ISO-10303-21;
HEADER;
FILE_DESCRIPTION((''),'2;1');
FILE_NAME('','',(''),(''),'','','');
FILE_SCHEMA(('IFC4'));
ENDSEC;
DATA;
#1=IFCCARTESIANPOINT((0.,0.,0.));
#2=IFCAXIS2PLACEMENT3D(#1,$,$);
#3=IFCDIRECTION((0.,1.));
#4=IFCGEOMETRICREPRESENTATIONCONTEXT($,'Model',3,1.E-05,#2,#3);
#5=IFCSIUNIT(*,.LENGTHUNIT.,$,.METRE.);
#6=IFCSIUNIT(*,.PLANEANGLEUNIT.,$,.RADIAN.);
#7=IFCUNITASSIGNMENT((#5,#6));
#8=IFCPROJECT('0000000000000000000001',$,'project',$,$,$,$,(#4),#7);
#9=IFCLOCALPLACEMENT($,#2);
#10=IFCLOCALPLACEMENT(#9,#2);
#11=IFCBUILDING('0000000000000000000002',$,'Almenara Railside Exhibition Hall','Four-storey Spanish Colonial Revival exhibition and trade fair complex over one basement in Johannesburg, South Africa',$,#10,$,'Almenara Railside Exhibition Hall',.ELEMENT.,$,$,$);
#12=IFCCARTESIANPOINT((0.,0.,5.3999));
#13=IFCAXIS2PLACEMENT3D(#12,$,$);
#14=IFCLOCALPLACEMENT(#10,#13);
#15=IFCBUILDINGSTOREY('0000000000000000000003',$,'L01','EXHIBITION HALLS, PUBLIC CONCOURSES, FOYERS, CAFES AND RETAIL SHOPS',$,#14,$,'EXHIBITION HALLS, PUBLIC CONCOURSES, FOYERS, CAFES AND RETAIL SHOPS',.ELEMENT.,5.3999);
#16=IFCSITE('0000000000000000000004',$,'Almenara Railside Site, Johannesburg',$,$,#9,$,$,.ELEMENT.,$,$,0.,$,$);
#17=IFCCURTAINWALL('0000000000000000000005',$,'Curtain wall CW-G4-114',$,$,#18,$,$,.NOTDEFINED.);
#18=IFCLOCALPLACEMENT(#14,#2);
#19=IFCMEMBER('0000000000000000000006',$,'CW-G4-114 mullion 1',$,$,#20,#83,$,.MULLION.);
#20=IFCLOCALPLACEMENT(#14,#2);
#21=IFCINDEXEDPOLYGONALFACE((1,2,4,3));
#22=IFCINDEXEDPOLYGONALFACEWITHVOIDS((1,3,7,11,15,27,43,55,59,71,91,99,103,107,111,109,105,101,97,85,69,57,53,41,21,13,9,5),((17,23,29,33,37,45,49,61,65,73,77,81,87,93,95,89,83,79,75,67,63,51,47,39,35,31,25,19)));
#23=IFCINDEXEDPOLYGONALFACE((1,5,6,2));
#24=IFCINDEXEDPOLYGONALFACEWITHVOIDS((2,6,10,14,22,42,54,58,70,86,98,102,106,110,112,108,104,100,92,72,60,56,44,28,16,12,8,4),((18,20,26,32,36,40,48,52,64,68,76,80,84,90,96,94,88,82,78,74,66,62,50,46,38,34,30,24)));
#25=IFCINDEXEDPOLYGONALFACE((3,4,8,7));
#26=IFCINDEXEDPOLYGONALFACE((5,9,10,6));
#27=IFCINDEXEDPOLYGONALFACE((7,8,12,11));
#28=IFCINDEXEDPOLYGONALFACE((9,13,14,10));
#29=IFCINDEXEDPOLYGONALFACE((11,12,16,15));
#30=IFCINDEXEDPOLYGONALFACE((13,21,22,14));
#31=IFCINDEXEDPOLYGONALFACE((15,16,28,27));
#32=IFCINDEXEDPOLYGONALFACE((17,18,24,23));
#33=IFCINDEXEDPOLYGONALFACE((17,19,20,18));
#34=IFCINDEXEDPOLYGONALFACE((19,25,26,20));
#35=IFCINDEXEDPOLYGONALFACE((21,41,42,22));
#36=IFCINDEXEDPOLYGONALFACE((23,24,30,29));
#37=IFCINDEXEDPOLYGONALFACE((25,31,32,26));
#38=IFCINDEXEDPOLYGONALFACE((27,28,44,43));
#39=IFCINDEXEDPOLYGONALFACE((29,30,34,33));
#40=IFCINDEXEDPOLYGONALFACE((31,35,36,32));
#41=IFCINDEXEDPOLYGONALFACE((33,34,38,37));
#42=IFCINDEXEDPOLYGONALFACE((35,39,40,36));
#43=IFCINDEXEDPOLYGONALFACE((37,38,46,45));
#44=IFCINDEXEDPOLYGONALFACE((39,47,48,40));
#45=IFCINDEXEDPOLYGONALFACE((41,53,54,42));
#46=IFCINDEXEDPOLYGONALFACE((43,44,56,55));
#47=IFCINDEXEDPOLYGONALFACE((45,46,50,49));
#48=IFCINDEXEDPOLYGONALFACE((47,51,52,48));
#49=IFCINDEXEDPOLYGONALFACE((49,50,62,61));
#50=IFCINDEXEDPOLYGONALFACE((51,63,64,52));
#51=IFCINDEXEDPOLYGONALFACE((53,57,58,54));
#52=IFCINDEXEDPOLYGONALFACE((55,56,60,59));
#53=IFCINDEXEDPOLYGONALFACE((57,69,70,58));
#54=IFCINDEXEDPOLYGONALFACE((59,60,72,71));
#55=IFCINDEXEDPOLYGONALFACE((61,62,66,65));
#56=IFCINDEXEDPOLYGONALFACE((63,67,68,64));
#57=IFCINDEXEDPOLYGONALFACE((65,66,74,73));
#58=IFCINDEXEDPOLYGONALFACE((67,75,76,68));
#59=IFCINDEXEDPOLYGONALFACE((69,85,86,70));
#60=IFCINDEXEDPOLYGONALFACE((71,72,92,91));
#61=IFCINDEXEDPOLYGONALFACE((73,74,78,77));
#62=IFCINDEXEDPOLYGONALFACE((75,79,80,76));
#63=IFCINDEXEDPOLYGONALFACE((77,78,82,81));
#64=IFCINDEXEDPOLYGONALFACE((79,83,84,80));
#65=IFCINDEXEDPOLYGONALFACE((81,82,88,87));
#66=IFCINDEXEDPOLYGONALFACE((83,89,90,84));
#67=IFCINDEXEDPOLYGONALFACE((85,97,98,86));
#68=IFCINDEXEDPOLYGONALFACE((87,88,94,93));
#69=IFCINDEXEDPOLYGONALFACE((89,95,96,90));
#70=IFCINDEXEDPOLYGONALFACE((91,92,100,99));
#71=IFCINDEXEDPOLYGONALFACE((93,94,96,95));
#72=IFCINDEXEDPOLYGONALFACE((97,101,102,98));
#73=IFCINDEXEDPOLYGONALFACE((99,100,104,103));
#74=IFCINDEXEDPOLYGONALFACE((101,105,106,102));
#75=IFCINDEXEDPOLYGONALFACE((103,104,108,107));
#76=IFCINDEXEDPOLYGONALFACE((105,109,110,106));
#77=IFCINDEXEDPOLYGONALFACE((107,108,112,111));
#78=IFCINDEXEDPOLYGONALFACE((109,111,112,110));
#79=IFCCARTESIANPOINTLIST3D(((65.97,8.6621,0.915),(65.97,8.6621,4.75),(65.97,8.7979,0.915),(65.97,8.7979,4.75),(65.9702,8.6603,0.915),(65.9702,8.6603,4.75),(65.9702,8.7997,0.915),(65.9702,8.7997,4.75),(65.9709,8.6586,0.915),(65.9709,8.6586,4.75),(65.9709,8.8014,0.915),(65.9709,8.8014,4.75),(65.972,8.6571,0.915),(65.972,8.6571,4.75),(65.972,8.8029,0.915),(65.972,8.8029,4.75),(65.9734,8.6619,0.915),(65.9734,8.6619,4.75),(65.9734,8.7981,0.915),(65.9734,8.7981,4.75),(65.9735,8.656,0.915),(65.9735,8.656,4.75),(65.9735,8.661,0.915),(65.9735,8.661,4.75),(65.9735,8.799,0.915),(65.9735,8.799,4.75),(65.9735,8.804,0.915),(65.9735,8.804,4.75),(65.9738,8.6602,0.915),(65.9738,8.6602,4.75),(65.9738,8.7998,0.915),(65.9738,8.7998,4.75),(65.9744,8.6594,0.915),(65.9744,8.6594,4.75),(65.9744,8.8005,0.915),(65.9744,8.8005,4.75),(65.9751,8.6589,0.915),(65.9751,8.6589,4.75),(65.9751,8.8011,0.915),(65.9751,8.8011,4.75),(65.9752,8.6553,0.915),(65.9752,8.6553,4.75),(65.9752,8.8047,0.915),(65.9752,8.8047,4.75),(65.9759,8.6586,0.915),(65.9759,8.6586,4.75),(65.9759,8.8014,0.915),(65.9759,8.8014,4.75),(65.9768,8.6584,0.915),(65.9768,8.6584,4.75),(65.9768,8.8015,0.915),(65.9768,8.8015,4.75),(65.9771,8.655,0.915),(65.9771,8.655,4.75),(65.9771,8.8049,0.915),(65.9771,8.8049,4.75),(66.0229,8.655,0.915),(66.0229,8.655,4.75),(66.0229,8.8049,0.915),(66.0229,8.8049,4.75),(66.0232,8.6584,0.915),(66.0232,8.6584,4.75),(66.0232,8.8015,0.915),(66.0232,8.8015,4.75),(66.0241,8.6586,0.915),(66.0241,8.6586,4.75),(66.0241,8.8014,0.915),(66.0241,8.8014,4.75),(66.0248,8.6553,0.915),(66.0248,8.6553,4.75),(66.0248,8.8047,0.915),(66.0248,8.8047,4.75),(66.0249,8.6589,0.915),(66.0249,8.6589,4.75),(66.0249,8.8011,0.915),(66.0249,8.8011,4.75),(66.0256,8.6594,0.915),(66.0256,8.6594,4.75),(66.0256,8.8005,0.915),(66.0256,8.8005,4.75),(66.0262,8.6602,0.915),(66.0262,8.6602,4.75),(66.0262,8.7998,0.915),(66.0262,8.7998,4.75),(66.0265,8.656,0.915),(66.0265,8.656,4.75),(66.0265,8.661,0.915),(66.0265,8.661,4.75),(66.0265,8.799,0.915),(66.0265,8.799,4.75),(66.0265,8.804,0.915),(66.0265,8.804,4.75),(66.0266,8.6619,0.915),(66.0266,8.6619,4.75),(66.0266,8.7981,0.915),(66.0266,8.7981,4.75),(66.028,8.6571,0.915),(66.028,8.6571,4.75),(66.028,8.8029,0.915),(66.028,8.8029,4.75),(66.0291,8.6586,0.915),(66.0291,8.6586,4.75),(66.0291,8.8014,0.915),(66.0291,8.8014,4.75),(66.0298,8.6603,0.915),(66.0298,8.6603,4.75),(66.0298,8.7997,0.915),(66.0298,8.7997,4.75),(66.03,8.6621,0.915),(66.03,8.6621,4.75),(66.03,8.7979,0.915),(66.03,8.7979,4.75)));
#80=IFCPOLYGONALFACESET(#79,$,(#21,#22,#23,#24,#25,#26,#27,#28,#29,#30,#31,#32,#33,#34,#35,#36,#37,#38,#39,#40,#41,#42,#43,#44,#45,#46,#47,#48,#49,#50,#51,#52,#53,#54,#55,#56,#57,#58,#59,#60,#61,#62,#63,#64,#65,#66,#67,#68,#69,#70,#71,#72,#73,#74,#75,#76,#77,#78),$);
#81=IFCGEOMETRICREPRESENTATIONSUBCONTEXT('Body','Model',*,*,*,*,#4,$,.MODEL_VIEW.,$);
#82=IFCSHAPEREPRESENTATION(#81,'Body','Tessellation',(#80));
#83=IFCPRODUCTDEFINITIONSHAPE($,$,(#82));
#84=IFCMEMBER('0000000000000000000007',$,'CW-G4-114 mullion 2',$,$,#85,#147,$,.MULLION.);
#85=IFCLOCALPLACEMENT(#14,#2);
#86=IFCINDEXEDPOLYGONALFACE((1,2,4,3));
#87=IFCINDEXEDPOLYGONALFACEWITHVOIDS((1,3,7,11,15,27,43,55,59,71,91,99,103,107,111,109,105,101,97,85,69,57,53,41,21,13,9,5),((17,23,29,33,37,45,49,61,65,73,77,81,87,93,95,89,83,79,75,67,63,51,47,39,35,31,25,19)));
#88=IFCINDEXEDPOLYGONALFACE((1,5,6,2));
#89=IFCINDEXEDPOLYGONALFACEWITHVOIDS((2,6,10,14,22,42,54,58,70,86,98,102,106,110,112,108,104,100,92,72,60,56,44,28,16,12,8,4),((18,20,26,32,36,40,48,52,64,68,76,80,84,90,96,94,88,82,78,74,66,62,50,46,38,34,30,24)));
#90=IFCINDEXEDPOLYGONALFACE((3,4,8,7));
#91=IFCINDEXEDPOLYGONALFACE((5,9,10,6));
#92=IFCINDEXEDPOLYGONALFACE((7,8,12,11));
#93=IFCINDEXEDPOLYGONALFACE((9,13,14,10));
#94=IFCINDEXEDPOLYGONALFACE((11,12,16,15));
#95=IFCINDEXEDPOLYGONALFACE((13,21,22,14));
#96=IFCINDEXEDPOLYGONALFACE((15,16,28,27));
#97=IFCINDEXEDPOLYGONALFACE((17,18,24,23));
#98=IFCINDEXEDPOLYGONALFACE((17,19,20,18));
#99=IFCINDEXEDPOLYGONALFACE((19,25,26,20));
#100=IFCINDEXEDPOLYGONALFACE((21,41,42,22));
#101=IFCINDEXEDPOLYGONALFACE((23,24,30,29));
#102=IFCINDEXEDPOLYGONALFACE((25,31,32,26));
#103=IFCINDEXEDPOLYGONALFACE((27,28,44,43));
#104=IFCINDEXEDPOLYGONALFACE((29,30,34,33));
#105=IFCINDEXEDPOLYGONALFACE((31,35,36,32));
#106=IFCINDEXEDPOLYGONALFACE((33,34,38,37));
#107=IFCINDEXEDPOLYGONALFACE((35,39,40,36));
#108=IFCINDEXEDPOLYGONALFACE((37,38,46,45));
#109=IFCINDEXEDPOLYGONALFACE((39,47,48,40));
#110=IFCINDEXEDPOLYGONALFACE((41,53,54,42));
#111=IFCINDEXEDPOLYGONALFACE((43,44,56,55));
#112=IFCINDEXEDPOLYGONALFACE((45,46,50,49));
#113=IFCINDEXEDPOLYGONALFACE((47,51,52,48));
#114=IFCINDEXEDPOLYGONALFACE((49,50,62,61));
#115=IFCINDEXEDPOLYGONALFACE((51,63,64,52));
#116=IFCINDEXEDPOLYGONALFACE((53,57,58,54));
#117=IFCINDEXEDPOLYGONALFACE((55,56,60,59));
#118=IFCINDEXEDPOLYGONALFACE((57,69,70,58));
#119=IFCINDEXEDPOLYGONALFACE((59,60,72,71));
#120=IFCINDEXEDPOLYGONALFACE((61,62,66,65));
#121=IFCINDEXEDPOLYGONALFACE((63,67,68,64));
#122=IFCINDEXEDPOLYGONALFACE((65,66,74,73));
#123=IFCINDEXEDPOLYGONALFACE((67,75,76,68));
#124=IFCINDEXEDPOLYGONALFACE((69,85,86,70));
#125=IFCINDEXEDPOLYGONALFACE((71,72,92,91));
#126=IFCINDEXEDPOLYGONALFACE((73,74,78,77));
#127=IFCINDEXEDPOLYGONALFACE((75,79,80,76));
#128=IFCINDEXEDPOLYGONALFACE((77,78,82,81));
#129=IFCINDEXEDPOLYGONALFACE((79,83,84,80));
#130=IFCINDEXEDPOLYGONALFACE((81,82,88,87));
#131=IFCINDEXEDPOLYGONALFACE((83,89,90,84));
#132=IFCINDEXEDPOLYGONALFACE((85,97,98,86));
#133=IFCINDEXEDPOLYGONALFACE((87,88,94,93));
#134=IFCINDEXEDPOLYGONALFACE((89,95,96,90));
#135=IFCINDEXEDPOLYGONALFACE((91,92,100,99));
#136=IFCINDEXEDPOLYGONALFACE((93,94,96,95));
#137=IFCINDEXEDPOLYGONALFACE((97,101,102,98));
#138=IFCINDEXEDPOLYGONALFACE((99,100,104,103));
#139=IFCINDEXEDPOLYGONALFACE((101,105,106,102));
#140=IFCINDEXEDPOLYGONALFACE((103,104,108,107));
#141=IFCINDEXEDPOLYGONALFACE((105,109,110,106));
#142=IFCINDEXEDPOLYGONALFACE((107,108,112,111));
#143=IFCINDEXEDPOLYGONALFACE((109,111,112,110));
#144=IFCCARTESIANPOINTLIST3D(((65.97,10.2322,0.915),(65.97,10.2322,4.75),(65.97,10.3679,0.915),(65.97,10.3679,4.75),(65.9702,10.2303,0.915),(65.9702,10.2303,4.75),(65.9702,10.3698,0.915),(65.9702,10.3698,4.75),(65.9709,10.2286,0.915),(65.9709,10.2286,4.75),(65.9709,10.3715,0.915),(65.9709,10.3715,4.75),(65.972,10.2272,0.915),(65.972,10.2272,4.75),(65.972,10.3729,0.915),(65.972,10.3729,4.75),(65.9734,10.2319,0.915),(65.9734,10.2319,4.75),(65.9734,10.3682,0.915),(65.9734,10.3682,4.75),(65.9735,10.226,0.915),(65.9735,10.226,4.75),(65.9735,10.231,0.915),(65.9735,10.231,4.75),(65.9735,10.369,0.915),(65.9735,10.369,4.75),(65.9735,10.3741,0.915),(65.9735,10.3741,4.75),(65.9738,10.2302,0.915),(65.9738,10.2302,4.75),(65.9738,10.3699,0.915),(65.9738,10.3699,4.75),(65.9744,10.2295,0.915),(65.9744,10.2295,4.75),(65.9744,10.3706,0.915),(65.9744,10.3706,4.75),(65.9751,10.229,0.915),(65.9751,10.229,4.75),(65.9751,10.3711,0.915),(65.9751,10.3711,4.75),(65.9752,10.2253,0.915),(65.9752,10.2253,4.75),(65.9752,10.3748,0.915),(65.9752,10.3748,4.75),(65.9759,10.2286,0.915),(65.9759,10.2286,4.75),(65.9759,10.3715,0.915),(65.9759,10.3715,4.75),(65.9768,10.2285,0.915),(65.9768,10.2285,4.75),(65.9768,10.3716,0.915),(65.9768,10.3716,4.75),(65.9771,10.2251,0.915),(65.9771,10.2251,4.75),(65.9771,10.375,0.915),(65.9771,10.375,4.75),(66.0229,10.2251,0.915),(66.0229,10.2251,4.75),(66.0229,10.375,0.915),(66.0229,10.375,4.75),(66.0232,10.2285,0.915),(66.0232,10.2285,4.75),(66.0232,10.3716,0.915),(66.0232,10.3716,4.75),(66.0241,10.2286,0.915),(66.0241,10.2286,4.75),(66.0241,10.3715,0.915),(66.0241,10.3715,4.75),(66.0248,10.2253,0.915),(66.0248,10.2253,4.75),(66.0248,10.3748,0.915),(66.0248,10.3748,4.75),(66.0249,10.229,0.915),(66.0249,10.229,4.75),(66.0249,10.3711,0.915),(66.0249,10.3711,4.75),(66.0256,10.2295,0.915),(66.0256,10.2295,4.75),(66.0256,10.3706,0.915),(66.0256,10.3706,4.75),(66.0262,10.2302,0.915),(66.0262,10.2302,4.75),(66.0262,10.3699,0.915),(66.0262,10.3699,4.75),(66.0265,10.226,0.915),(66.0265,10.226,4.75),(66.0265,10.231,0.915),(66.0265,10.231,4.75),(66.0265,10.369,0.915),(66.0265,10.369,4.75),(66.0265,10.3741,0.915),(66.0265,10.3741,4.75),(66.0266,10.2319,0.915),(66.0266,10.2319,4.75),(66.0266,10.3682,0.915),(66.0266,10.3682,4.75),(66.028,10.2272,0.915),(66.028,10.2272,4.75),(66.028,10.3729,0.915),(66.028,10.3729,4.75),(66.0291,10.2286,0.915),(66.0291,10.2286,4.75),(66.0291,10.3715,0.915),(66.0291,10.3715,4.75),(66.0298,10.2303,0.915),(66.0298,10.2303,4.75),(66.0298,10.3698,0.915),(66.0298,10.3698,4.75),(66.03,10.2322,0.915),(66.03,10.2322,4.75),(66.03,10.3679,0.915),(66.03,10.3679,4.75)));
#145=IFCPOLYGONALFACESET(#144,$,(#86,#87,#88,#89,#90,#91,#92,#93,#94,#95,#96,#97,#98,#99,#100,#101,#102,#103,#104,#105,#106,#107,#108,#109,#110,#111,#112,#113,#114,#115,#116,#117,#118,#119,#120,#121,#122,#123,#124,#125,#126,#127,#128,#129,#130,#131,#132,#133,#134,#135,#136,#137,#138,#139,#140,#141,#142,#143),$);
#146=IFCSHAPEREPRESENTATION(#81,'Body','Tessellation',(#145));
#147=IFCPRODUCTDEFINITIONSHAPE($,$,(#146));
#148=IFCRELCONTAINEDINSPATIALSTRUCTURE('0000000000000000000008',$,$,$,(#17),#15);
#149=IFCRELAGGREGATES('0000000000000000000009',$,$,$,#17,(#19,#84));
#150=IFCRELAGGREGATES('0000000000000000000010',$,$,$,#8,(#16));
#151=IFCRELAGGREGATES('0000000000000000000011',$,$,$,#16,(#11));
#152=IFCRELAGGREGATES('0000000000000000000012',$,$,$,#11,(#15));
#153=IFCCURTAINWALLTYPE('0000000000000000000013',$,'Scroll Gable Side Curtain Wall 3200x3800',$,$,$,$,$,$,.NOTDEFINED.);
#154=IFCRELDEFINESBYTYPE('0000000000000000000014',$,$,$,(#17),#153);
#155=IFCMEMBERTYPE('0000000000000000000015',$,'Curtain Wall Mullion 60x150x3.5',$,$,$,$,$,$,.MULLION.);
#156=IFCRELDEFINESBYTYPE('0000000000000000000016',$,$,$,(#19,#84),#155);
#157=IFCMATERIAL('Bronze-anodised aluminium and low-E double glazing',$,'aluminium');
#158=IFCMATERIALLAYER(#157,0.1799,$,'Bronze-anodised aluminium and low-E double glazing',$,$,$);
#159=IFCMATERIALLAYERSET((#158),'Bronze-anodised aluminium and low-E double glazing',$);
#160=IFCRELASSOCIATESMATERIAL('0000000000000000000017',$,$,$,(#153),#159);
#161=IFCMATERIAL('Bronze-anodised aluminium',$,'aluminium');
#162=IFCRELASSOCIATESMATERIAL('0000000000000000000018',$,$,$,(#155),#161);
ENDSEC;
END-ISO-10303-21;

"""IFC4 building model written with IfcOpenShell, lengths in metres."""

from ifc_helpers import new_model, si_unit, direction, frame, origin, origin_2d, place, context, subcontext, project, spatial, hollow_rectangle, extrude, material, layer, layer_set, material_profile, profile_set, type_object, element, aggregate, save


model = new_model("IFC4")

# Units and contexts
model_context = context("Model", 3, precision=1e-05, world=origin(), true_north=direction((0.0, 1.0)))
body_context = subcontext(model_context, "Body", "Model", "MODEL_VIEW")
ifc_project = project(units=[si_unit("LENGTHUNIT", "METRE"), si_unit("PLANEANGLEUNIT", "RADIAN")], contexts=[model_context])

# Site, building, storey
site_placement = place(None, origin())
site = spatial("IfcSite", under=ifc_project, at=site_placement, Name="Almenara Railside Site, Johannesburg", CompositionType="ELEMENT", RefElevation=0.0)
building_placement = place(site_placement, origin())
building = spatial("IfcBuilding", under=site, at=building_placement, Name="Almenara Railside Exhibition Hall", Description="Four-storey Spanish Colonial Revival exhibition and trade fair complex over one basement in Johannesburg, South Africa", LongName="Almenara Railside Exhibition Hall", CompositionType="ELEMENT")
storey_placement = place(building_placement, frame((0.0, 0.0, 5.3999)))
storey = spatial("IfcBuildingStorey", under=building, at=storey_placement, Name="L01", Description="EXHIBITION HALLS, PUBLIC CONCOURSES, FOYERS, CAFES AND RETAIL SHOPS", LongName="EXHIBITION HALLS, PUBLIC CONCOURSES, FOYERS, CAFES AND RETAIL SHOPS", CompositionType="ELEMENT", Elevation=5.3999)

# Curtain wall, members
ifc_material_1 = material(Name="Bronze-anodised aluminium and low-E double glazing", Category="aluminium")
ifc_layer_1 = layer(ifc_material_1, 0.1799, Name="Bronze-anodised aluminium and low-E double glazing")
ifc_layer_set_1 = layer_set([ifc_layer_1], Name="Bronze-anodised aluminium and low-E double glazing")
curtain_wall_type = type_object("IfcCurtainWallType", Name="Scroll Gable Side Curtain Wall 3200x3800", PredefinedType="NOTDEFINED", material=ifc_layer_set_1)
curtain_wall_1_placement = place(storey_placement, origin())
curtain_wall_1 = element("IfcCurtainWall", 1, at=curtain_wall_1_placement, inside=storey, type_object=curtain_wall_type, Name="Curtain wall CW-G4-114", PredefinedType="NOTDEFINED")
ifc_material_2 = material(Name="Bronze-anodised aluminium", Category="aluminium")
ifc_material_profile_1 = material_profile(ifc_material_2, hollow_rectangle(XDim=0.0601, YDim=0.1499, WallThickness=0.0034, InnerFilletRadius=0.0034, OuterFilletRadius=0.0071, at=origin_2d()), Name="ALU-MUL 60x150x3.5")
ifc_profile_set_1 = profile_set([ifc_material_profile_1], Name="Bronze-anodised aluminium")
member_type_1 = type_object("IfcMemberType", Name="Curtain Wall Mullion 60x150x3.5", PredefinedType="MULLION", material=ifc_profile_set_1)
member_1_placement = place(storey_placement, frame((66.0, 8.73, 0.915), z_axis=(0.0, 0.0, 1.0), x_axis=(-1.0, 0.0, 0.0)))
member_1 = element("IfcMember", 2, at=member_1_placement, type_object=member_type_1, Name="CW-G4-114 mullion 1", PredefinedType="MULLION", context=body_context, shape_type="SweptSolid", body=[
    extrude(hollow_rectangle(XDim=0.0601, YDim=0.1499, WallThickness=0.0034, InnerFilletRadius=0.0034, OuterFilletRadius=0.0071, at=origin_2d()), origin(), (0.0, 0.0, 1.0), 3.835),
])
member_2_placement = place(storey_placement, frame((66.0, 10.3, 0.915), z_axis=(0.0, 0.0, 1.0), x_axis=(-1.0, 0.0, 0.0)))
member_2 = element("IfcMember", 3, at=member_2_placement, type_object=member_type_1, Name="CW-G4-114 mullion 2", PredefinedType="MULLION", context=body_context, shape_type="SweptSolid", body=[
    extrude(hollow_rectangle(XDim=0.0601, YDim=0.1499, WallThickness=0.0034, InnerFilletRadius=0.0034, OuterFilletRadius=0.0071, at=origin_2d()), origin(), (0.0, 0.0, 1.0), 3.835),
])

aggregate(curtain_wall_1, [member_1, member_2])

save(model, "model.ifc")
